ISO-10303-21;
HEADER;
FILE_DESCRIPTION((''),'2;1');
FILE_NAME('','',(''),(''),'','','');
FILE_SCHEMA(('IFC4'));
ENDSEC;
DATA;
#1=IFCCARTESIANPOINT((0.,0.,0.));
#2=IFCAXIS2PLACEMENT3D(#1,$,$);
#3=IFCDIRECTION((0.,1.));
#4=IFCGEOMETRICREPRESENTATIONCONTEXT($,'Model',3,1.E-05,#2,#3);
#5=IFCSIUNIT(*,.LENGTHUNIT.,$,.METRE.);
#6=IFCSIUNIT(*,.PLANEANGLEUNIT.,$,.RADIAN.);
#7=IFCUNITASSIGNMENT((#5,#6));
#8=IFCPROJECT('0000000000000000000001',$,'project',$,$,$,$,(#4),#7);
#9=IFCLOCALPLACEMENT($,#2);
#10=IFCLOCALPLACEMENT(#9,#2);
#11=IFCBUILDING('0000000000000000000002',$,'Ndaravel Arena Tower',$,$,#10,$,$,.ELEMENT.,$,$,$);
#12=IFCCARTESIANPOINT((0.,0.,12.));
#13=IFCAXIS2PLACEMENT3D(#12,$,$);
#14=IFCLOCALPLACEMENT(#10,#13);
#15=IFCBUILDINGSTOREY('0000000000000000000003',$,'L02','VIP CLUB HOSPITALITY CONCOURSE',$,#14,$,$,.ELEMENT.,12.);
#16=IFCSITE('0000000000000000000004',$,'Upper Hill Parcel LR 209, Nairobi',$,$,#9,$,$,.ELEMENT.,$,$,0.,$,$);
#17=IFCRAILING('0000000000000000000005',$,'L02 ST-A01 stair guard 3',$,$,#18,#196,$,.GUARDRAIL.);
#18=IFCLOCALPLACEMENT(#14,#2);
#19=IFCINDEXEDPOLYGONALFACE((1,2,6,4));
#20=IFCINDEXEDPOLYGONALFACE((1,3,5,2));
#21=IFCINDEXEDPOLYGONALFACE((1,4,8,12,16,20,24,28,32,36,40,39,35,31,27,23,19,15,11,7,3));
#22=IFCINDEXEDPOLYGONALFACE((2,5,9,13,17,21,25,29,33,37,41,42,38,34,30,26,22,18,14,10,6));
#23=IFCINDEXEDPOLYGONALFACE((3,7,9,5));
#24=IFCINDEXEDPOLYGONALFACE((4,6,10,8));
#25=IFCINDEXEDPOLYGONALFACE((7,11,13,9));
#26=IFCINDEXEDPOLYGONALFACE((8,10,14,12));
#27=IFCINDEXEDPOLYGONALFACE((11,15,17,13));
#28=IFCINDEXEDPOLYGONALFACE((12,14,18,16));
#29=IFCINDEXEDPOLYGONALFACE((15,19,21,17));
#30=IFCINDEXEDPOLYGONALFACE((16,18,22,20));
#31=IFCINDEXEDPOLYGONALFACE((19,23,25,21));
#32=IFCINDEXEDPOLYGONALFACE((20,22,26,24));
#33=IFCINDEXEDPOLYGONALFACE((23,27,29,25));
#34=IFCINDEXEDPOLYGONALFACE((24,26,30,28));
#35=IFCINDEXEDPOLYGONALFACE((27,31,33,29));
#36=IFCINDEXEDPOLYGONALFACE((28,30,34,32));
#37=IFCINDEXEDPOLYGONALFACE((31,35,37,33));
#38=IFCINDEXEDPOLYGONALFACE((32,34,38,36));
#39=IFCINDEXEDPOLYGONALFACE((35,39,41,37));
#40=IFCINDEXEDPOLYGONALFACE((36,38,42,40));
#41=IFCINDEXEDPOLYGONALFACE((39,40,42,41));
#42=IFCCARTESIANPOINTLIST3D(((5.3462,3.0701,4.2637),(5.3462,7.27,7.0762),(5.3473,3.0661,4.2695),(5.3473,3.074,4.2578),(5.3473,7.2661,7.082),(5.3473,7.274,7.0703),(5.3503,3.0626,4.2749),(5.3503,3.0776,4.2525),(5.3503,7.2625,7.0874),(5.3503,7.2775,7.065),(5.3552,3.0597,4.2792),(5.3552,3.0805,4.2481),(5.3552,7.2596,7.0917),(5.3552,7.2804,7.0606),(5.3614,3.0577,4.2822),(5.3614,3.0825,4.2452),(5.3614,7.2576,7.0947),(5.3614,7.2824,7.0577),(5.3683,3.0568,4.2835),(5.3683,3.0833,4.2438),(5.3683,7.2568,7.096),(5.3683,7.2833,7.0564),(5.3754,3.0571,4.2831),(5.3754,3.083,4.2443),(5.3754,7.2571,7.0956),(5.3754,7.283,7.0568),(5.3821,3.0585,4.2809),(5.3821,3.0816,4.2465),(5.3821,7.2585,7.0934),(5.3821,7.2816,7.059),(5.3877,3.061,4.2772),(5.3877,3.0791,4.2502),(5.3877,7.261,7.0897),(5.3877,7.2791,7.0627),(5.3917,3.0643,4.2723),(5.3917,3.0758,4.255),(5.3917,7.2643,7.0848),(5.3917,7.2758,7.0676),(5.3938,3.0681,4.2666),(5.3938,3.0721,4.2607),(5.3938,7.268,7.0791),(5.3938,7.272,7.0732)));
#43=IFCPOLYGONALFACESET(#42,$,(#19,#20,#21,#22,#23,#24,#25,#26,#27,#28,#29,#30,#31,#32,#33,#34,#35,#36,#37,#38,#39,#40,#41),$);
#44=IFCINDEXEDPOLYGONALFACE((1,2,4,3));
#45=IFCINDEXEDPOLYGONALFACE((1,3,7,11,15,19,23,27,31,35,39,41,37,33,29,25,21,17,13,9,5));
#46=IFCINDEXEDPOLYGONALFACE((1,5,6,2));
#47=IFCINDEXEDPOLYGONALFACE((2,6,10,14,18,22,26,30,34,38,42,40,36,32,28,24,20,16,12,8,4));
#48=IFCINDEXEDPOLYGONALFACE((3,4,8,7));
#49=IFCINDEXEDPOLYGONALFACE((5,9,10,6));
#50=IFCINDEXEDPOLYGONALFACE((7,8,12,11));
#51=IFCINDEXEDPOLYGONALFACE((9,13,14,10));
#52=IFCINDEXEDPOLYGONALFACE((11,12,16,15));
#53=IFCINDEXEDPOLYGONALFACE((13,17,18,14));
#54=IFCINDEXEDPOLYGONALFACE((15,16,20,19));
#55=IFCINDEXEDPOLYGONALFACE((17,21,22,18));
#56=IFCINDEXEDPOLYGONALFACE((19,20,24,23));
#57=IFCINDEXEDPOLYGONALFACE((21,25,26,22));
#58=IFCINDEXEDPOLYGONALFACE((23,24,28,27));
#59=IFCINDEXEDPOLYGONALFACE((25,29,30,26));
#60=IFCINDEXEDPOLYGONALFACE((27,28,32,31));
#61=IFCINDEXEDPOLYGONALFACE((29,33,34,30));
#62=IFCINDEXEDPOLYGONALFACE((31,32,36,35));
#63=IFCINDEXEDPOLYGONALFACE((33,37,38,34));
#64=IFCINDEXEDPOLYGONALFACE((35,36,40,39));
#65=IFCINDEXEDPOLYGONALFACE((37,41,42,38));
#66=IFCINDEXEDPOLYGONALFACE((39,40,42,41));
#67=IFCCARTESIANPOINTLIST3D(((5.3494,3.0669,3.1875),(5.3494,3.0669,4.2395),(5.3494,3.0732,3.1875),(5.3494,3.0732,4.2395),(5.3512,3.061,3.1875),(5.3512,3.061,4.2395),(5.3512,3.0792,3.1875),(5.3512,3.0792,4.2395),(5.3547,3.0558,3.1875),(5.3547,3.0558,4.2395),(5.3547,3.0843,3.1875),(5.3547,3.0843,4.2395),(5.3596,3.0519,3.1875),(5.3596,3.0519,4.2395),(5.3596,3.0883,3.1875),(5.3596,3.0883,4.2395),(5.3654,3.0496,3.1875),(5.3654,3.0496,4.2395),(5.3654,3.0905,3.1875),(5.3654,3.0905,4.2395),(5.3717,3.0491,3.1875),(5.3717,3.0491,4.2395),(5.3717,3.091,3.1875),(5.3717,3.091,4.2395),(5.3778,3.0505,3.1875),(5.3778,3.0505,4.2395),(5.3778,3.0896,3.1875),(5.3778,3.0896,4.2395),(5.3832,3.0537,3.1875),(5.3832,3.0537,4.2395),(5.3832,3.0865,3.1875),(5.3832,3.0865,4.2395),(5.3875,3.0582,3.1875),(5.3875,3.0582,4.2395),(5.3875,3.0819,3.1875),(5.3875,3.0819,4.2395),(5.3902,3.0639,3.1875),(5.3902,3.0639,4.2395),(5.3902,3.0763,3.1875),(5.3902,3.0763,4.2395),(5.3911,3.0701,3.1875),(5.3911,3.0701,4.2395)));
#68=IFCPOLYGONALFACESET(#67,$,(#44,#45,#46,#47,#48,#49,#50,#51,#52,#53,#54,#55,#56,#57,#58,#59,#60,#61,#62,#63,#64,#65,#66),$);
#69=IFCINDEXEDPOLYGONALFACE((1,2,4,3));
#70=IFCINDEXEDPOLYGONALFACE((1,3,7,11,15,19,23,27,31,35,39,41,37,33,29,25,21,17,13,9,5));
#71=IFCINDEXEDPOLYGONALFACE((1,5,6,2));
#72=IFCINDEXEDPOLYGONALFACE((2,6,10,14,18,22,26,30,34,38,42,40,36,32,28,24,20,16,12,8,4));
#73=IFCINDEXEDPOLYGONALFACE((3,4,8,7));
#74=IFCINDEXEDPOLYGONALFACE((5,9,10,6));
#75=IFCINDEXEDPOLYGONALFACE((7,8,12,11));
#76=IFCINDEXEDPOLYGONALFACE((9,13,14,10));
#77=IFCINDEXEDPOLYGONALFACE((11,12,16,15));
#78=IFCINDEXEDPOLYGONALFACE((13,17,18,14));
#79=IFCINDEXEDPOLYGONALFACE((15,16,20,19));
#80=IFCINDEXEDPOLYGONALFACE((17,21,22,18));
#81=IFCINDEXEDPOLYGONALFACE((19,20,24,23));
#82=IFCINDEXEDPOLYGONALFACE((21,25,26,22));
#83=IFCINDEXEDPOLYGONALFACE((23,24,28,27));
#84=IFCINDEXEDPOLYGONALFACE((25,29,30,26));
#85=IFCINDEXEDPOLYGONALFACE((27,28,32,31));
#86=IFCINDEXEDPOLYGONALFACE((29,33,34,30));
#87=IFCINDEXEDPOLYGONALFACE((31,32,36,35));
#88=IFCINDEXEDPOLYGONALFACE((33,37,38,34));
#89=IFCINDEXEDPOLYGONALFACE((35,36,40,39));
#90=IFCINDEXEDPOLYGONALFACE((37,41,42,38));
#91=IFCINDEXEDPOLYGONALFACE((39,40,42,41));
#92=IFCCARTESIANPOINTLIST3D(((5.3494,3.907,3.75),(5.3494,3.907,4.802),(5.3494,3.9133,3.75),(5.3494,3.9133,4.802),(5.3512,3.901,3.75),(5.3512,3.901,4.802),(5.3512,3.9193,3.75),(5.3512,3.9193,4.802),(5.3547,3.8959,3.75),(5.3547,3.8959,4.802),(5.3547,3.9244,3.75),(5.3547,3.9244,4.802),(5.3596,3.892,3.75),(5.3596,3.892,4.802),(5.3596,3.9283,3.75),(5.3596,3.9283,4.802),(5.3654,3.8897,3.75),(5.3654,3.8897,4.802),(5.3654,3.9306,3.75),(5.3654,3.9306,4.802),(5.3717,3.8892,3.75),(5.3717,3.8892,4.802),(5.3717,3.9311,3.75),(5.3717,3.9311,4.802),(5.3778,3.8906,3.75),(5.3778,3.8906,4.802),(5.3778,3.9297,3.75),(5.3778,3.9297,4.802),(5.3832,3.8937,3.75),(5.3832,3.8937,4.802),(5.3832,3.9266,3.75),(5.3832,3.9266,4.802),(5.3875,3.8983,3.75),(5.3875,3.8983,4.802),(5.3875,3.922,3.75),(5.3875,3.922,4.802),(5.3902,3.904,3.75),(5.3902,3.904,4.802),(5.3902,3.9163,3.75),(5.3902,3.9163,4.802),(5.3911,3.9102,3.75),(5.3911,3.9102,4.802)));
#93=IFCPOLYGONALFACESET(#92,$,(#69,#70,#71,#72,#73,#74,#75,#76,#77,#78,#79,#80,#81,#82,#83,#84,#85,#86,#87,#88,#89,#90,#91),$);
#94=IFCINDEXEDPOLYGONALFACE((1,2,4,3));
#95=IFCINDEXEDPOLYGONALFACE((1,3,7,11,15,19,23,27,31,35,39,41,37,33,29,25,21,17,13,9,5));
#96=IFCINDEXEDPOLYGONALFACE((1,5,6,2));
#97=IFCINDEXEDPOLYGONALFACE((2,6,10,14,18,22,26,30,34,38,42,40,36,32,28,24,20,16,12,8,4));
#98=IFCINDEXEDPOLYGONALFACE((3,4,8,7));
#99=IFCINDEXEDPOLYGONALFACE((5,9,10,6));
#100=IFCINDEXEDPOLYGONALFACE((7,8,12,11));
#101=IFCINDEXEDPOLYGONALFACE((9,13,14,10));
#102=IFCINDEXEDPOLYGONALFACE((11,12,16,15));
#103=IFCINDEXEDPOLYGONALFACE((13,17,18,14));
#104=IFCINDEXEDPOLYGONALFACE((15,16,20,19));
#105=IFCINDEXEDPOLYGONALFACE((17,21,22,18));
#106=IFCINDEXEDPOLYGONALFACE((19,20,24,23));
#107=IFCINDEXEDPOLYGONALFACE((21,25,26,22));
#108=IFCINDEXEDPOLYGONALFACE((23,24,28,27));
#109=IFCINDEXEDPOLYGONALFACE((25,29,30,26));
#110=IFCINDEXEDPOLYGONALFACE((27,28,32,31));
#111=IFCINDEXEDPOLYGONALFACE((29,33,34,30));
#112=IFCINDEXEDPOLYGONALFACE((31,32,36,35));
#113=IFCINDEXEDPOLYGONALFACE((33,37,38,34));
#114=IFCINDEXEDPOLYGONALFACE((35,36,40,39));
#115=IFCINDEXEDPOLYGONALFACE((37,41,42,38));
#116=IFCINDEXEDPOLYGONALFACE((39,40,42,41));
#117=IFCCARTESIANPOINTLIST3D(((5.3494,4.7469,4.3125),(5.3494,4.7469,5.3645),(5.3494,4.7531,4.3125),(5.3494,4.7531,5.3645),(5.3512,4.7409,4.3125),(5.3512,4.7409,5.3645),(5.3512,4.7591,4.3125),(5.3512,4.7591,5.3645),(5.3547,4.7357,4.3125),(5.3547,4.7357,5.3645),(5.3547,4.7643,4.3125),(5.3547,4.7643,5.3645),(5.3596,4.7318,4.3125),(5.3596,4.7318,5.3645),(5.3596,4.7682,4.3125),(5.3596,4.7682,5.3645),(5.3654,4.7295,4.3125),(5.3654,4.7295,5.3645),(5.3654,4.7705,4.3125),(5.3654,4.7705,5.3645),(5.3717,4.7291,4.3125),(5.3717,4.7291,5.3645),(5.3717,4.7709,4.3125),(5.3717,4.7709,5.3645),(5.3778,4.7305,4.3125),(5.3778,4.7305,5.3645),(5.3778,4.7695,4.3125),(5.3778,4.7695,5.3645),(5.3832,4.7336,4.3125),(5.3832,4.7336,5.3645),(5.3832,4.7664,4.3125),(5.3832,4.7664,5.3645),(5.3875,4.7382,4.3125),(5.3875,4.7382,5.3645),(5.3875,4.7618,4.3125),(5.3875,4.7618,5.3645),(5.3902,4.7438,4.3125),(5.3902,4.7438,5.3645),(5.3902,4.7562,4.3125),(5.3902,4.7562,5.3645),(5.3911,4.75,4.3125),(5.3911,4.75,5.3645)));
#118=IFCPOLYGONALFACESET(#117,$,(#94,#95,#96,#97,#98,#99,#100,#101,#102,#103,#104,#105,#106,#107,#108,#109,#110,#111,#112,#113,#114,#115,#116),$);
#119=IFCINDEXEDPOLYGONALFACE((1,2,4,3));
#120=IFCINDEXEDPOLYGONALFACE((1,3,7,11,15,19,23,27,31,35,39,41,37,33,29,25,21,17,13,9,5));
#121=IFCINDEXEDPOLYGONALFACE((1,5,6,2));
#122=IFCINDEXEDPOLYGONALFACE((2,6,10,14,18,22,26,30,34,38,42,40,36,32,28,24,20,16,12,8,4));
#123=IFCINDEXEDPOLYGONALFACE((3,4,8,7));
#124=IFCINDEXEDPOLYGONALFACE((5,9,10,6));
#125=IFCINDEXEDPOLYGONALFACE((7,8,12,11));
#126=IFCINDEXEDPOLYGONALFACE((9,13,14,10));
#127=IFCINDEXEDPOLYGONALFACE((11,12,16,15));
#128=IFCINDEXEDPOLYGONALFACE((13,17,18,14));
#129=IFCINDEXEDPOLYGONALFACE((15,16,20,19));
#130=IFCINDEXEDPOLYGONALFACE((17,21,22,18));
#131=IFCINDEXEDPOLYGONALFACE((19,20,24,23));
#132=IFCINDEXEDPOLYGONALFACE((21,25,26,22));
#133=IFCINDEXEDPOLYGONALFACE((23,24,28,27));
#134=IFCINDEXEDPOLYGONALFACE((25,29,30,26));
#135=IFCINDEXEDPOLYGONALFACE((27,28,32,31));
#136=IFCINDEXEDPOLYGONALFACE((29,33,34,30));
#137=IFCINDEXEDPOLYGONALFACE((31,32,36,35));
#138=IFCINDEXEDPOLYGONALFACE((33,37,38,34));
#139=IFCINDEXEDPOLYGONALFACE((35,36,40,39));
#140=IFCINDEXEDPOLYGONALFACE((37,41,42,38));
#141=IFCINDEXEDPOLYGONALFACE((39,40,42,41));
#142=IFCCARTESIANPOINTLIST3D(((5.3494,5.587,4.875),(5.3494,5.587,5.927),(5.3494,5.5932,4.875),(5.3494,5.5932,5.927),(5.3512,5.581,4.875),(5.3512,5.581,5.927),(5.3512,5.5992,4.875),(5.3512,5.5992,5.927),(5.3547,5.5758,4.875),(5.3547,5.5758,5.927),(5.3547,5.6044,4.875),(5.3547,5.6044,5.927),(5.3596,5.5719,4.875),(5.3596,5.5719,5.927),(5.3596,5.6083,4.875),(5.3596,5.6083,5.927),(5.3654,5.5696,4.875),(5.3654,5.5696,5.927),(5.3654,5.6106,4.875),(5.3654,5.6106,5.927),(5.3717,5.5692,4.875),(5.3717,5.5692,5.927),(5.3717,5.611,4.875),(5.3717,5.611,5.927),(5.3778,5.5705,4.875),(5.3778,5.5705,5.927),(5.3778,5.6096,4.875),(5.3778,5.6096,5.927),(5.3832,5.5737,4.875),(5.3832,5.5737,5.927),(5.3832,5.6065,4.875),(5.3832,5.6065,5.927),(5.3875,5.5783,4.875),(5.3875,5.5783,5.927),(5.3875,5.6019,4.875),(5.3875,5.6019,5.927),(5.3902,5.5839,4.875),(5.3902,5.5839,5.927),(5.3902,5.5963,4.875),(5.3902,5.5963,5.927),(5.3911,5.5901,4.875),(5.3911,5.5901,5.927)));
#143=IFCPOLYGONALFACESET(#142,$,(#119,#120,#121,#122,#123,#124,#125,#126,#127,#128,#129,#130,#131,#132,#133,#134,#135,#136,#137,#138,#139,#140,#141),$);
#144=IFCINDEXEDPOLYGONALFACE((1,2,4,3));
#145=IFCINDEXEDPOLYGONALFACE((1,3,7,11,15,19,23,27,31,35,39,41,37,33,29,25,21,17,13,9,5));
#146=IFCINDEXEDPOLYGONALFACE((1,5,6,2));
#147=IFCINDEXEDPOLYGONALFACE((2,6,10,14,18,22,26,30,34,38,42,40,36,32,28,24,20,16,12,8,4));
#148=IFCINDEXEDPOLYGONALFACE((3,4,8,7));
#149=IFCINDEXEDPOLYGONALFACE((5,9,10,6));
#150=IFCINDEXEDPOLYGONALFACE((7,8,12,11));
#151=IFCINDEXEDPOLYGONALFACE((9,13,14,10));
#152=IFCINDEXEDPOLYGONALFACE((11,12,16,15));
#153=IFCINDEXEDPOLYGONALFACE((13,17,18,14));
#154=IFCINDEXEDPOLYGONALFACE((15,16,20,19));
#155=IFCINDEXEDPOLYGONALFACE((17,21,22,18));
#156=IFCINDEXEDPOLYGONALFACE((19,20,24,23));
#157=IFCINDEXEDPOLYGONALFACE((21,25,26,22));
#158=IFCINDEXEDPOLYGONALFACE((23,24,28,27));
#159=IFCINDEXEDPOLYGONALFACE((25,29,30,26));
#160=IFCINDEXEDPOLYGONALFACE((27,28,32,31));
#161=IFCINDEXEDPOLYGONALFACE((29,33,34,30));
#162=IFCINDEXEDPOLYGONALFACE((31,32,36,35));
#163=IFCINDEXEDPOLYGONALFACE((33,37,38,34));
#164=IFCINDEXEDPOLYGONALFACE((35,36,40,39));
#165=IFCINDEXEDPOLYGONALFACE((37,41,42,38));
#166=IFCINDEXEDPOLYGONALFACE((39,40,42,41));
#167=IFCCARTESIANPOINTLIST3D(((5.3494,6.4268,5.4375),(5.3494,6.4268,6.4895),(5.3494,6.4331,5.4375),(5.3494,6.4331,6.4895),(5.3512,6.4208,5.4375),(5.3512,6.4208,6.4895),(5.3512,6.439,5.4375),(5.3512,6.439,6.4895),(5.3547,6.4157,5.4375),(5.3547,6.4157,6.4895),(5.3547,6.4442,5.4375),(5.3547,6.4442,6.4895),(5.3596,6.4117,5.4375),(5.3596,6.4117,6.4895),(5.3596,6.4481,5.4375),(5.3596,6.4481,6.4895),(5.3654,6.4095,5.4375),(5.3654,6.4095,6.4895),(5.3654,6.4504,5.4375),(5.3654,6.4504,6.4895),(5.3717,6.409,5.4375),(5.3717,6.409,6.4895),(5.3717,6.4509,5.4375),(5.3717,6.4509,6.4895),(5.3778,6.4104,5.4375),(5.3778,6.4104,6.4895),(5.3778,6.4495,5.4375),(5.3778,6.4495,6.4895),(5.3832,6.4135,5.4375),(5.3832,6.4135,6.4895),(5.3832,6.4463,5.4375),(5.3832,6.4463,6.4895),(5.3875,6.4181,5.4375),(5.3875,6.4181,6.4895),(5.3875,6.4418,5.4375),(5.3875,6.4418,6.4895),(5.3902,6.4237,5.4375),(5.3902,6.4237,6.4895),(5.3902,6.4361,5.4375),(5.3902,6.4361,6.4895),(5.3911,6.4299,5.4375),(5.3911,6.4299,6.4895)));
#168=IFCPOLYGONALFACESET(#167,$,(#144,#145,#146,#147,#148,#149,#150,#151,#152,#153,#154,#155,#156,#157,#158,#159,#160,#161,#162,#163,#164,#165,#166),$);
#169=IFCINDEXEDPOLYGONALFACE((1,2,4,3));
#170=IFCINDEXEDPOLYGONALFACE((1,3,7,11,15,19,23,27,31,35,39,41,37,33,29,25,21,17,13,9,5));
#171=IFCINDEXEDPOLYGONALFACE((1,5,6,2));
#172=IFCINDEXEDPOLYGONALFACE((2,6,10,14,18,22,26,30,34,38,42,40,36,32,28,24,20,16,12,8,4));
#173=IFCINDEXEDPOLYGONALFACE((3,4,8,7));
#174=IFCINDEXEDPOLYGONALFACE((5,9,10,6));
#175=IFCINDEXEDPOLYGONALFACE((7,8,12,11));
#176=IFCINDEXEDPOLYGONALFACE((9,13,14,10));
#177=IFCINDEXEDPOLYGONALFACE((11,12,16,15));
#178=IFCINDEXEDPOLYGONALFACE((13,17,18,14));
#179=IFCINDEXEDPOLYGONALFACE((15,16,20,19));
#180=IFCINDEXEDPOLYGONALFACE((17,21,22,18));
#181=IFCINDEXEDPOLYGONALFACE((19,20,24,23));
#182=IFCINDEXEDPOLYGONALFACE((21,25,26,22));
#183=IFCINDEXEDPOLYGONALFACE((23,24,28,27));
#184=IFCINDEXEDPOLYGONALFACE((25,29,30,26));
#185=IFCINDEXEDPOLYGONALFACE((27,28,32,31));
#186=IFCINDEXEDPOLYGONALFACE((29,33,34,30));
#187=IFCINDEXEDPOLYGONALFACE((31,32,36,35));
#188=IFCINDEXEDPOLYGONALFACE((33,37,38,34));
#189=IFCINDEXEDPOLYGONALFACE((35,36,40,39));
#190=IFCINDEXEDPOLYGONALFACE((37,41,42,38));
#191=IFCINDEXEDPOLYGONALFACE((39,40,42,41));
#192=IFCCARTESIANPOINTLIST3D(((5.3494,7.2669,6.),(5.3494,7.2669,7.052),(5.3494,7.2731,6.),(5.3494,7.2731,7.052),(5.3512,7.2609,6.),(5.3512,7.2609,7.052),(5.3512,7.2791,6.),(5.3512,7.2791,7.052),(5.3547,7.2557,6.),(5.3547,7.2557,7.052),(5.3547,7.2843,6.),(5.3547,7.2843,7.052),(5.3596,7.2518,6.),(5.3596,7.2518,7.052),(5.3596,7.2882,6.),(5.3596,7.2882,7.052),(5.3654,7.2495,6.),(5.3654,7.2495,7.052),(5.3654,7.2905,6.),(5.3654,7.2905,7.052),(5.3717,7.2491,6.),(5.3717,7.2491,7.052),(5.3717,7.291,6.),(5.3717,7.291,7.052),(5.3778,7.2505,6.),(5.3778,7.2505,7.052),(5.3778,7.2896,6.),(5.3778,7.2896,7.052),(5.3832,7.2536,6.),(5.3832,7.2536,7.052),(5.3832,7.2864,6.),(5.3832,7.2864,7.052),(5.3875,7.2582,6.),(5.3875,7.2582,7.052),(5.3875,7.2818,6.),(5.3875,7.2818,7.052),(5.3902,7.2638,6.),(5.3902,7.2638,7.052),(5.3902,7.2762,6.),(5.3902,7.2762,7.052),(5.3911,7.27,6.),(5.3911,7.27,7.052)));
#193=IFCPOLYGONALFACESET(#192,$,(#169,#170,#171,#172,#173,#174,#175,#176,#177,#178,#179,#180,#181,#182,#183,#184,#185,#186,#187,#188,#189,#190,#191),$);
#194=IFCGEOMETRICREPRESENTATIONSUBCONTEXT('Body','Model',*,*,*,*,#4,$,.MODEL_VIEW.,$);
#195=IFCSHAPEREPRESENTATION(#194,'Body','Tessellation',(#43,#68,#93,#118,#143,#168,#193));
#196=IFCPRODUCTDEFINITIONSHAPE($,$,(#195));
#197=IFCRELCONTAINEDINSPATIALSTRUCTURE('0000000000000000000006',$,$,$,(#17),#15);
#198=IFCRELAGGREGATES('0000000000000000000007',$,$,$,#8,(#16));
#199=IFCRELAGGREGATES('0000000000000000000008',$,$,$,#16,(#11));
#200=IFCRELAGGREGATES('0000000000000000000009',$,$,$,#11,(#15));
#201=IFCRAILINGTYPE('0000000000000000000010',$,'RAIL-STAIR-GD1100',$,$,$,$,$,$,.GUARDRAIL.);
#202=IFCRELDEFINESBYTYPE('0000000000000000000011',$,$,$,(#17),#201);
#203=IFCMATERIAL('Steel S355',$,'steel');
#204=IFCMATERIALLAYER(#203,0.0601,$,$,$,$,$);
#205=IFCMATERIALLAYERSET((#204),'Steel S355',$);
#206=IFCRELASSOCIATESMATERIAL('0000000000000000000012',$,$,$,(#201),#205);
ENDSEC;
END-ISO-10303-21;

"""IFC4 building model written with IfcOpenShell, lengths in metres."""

from ifc_helpers import new_model, si_unit, direction, frame, origin, origin_2d, place, context, subcontext, project, spatial, circle, extrude, material, layer, layer_set, type_object, element, save


model = new_model("IFC4")

# Units and contexts
model_context = context("Model", 3, precision=1e-05, world=origin(), true_north=direction((0.0, 1.0)))
body_context = subcontext(model_context, "Body", "Model", "MODEL_VIEW")
ifc_project = project(units=[si_unit("LENGTHUNIT", "METRE"), si_unit("PLANEANGLEUNIT", "RADIAN")], contexts=[model_context])

# Site, building, storey
site_placement = place(None, origin())
site = spatial("IfcSite", under=ifc_project, at=site_placement, Name="Upper Hill Parcel LR 209, Nairobi", CompositionType="ELEMENT", RefElevation=0.0)
building_placement = place(site_placement, origin())
building = spatial("IfcBuilding", under=site, at=building_placement, Name="Ndaravel Arena Tower", CompositionType="ELEMENT")
storey_placement = place(building_placement, frame((0.0, 0.0, 12.0)))
storey = spatial("IfcBuildingStorey", under=building, at=storey_placement, Name="L02", Description="VIP CLUB HOSPITALITY CONCOURSE", CompositionType="ELEMENT", Elevation=12.0)

# Railing
ifc_material_1 = material(Name="Steel S355", Category="steel")
ifc_layer_1 = layer(ifc_material_1, 0.0601)
ifc_layer_set_1 = layer_set([ifc_layer_1], Name="Steel S355")
railing_type_1 = type_object("IfcRailingType", Name="RAIL-STAIR-GD1100", PredefinedType="GUARDRAIL", material=ifc_layer_set_1)
railing_1_placement = place(storey_placement, frame((5.3701, 3.0701, 3.1875)))
element("IfcRailing", 1, at=railing_1_placement, inside=storey, type_object=railing_type_1, Name="L02 ST-A01 stair guard 3", PredefinedType="GUARDRAIL", context=body_context, shape_type="SweptSolid", body=[
    extrude(circle(Radius=0.0239, at=origin_2d()), frame((0.0, 0.0, 1.0762), z_axis=(0.0, 0.830904, 0.556416), x_axis=(-1.0, 0.0, 0.0)), (0.0, 0.0, 1.0), 5.0547),
    extrude(circle(Radius=0.021, at=origin_2d()), origin(), (0.0, 0.0, 1.0), 1.052),
    extrude(circle(Radius=0.021, at=origin_2d()), frame((0.0, 0.8401, 0.5625)), (0.0, 0.0, 1.0), 1.052),
    extrude(circle(Radius=0.021, at=origin_2d()), frame((0.0, 1.6799, 1.125)), (0.0, 0.0, 1.0), 1.052),
    extrude(circle(Radius=0.021, at=origin_2d()), frame((0.0, 2.52, 1.6875)), (0.0, 0.0, 1.0), 1.052),
    extrude(circle(Radius=0.021, at=origin_2d()), frame((0.0, 3.3599, 2.25)), (0.0, 0.0, 1.0), 1.052),
    extrude(circle(Radius=0.021, at=origin_2d()), frame((0.0, 4.2, 2.8125)), (0.0, 0.0, 1.0), 1.052),
])

save(model, "model.ifc")
